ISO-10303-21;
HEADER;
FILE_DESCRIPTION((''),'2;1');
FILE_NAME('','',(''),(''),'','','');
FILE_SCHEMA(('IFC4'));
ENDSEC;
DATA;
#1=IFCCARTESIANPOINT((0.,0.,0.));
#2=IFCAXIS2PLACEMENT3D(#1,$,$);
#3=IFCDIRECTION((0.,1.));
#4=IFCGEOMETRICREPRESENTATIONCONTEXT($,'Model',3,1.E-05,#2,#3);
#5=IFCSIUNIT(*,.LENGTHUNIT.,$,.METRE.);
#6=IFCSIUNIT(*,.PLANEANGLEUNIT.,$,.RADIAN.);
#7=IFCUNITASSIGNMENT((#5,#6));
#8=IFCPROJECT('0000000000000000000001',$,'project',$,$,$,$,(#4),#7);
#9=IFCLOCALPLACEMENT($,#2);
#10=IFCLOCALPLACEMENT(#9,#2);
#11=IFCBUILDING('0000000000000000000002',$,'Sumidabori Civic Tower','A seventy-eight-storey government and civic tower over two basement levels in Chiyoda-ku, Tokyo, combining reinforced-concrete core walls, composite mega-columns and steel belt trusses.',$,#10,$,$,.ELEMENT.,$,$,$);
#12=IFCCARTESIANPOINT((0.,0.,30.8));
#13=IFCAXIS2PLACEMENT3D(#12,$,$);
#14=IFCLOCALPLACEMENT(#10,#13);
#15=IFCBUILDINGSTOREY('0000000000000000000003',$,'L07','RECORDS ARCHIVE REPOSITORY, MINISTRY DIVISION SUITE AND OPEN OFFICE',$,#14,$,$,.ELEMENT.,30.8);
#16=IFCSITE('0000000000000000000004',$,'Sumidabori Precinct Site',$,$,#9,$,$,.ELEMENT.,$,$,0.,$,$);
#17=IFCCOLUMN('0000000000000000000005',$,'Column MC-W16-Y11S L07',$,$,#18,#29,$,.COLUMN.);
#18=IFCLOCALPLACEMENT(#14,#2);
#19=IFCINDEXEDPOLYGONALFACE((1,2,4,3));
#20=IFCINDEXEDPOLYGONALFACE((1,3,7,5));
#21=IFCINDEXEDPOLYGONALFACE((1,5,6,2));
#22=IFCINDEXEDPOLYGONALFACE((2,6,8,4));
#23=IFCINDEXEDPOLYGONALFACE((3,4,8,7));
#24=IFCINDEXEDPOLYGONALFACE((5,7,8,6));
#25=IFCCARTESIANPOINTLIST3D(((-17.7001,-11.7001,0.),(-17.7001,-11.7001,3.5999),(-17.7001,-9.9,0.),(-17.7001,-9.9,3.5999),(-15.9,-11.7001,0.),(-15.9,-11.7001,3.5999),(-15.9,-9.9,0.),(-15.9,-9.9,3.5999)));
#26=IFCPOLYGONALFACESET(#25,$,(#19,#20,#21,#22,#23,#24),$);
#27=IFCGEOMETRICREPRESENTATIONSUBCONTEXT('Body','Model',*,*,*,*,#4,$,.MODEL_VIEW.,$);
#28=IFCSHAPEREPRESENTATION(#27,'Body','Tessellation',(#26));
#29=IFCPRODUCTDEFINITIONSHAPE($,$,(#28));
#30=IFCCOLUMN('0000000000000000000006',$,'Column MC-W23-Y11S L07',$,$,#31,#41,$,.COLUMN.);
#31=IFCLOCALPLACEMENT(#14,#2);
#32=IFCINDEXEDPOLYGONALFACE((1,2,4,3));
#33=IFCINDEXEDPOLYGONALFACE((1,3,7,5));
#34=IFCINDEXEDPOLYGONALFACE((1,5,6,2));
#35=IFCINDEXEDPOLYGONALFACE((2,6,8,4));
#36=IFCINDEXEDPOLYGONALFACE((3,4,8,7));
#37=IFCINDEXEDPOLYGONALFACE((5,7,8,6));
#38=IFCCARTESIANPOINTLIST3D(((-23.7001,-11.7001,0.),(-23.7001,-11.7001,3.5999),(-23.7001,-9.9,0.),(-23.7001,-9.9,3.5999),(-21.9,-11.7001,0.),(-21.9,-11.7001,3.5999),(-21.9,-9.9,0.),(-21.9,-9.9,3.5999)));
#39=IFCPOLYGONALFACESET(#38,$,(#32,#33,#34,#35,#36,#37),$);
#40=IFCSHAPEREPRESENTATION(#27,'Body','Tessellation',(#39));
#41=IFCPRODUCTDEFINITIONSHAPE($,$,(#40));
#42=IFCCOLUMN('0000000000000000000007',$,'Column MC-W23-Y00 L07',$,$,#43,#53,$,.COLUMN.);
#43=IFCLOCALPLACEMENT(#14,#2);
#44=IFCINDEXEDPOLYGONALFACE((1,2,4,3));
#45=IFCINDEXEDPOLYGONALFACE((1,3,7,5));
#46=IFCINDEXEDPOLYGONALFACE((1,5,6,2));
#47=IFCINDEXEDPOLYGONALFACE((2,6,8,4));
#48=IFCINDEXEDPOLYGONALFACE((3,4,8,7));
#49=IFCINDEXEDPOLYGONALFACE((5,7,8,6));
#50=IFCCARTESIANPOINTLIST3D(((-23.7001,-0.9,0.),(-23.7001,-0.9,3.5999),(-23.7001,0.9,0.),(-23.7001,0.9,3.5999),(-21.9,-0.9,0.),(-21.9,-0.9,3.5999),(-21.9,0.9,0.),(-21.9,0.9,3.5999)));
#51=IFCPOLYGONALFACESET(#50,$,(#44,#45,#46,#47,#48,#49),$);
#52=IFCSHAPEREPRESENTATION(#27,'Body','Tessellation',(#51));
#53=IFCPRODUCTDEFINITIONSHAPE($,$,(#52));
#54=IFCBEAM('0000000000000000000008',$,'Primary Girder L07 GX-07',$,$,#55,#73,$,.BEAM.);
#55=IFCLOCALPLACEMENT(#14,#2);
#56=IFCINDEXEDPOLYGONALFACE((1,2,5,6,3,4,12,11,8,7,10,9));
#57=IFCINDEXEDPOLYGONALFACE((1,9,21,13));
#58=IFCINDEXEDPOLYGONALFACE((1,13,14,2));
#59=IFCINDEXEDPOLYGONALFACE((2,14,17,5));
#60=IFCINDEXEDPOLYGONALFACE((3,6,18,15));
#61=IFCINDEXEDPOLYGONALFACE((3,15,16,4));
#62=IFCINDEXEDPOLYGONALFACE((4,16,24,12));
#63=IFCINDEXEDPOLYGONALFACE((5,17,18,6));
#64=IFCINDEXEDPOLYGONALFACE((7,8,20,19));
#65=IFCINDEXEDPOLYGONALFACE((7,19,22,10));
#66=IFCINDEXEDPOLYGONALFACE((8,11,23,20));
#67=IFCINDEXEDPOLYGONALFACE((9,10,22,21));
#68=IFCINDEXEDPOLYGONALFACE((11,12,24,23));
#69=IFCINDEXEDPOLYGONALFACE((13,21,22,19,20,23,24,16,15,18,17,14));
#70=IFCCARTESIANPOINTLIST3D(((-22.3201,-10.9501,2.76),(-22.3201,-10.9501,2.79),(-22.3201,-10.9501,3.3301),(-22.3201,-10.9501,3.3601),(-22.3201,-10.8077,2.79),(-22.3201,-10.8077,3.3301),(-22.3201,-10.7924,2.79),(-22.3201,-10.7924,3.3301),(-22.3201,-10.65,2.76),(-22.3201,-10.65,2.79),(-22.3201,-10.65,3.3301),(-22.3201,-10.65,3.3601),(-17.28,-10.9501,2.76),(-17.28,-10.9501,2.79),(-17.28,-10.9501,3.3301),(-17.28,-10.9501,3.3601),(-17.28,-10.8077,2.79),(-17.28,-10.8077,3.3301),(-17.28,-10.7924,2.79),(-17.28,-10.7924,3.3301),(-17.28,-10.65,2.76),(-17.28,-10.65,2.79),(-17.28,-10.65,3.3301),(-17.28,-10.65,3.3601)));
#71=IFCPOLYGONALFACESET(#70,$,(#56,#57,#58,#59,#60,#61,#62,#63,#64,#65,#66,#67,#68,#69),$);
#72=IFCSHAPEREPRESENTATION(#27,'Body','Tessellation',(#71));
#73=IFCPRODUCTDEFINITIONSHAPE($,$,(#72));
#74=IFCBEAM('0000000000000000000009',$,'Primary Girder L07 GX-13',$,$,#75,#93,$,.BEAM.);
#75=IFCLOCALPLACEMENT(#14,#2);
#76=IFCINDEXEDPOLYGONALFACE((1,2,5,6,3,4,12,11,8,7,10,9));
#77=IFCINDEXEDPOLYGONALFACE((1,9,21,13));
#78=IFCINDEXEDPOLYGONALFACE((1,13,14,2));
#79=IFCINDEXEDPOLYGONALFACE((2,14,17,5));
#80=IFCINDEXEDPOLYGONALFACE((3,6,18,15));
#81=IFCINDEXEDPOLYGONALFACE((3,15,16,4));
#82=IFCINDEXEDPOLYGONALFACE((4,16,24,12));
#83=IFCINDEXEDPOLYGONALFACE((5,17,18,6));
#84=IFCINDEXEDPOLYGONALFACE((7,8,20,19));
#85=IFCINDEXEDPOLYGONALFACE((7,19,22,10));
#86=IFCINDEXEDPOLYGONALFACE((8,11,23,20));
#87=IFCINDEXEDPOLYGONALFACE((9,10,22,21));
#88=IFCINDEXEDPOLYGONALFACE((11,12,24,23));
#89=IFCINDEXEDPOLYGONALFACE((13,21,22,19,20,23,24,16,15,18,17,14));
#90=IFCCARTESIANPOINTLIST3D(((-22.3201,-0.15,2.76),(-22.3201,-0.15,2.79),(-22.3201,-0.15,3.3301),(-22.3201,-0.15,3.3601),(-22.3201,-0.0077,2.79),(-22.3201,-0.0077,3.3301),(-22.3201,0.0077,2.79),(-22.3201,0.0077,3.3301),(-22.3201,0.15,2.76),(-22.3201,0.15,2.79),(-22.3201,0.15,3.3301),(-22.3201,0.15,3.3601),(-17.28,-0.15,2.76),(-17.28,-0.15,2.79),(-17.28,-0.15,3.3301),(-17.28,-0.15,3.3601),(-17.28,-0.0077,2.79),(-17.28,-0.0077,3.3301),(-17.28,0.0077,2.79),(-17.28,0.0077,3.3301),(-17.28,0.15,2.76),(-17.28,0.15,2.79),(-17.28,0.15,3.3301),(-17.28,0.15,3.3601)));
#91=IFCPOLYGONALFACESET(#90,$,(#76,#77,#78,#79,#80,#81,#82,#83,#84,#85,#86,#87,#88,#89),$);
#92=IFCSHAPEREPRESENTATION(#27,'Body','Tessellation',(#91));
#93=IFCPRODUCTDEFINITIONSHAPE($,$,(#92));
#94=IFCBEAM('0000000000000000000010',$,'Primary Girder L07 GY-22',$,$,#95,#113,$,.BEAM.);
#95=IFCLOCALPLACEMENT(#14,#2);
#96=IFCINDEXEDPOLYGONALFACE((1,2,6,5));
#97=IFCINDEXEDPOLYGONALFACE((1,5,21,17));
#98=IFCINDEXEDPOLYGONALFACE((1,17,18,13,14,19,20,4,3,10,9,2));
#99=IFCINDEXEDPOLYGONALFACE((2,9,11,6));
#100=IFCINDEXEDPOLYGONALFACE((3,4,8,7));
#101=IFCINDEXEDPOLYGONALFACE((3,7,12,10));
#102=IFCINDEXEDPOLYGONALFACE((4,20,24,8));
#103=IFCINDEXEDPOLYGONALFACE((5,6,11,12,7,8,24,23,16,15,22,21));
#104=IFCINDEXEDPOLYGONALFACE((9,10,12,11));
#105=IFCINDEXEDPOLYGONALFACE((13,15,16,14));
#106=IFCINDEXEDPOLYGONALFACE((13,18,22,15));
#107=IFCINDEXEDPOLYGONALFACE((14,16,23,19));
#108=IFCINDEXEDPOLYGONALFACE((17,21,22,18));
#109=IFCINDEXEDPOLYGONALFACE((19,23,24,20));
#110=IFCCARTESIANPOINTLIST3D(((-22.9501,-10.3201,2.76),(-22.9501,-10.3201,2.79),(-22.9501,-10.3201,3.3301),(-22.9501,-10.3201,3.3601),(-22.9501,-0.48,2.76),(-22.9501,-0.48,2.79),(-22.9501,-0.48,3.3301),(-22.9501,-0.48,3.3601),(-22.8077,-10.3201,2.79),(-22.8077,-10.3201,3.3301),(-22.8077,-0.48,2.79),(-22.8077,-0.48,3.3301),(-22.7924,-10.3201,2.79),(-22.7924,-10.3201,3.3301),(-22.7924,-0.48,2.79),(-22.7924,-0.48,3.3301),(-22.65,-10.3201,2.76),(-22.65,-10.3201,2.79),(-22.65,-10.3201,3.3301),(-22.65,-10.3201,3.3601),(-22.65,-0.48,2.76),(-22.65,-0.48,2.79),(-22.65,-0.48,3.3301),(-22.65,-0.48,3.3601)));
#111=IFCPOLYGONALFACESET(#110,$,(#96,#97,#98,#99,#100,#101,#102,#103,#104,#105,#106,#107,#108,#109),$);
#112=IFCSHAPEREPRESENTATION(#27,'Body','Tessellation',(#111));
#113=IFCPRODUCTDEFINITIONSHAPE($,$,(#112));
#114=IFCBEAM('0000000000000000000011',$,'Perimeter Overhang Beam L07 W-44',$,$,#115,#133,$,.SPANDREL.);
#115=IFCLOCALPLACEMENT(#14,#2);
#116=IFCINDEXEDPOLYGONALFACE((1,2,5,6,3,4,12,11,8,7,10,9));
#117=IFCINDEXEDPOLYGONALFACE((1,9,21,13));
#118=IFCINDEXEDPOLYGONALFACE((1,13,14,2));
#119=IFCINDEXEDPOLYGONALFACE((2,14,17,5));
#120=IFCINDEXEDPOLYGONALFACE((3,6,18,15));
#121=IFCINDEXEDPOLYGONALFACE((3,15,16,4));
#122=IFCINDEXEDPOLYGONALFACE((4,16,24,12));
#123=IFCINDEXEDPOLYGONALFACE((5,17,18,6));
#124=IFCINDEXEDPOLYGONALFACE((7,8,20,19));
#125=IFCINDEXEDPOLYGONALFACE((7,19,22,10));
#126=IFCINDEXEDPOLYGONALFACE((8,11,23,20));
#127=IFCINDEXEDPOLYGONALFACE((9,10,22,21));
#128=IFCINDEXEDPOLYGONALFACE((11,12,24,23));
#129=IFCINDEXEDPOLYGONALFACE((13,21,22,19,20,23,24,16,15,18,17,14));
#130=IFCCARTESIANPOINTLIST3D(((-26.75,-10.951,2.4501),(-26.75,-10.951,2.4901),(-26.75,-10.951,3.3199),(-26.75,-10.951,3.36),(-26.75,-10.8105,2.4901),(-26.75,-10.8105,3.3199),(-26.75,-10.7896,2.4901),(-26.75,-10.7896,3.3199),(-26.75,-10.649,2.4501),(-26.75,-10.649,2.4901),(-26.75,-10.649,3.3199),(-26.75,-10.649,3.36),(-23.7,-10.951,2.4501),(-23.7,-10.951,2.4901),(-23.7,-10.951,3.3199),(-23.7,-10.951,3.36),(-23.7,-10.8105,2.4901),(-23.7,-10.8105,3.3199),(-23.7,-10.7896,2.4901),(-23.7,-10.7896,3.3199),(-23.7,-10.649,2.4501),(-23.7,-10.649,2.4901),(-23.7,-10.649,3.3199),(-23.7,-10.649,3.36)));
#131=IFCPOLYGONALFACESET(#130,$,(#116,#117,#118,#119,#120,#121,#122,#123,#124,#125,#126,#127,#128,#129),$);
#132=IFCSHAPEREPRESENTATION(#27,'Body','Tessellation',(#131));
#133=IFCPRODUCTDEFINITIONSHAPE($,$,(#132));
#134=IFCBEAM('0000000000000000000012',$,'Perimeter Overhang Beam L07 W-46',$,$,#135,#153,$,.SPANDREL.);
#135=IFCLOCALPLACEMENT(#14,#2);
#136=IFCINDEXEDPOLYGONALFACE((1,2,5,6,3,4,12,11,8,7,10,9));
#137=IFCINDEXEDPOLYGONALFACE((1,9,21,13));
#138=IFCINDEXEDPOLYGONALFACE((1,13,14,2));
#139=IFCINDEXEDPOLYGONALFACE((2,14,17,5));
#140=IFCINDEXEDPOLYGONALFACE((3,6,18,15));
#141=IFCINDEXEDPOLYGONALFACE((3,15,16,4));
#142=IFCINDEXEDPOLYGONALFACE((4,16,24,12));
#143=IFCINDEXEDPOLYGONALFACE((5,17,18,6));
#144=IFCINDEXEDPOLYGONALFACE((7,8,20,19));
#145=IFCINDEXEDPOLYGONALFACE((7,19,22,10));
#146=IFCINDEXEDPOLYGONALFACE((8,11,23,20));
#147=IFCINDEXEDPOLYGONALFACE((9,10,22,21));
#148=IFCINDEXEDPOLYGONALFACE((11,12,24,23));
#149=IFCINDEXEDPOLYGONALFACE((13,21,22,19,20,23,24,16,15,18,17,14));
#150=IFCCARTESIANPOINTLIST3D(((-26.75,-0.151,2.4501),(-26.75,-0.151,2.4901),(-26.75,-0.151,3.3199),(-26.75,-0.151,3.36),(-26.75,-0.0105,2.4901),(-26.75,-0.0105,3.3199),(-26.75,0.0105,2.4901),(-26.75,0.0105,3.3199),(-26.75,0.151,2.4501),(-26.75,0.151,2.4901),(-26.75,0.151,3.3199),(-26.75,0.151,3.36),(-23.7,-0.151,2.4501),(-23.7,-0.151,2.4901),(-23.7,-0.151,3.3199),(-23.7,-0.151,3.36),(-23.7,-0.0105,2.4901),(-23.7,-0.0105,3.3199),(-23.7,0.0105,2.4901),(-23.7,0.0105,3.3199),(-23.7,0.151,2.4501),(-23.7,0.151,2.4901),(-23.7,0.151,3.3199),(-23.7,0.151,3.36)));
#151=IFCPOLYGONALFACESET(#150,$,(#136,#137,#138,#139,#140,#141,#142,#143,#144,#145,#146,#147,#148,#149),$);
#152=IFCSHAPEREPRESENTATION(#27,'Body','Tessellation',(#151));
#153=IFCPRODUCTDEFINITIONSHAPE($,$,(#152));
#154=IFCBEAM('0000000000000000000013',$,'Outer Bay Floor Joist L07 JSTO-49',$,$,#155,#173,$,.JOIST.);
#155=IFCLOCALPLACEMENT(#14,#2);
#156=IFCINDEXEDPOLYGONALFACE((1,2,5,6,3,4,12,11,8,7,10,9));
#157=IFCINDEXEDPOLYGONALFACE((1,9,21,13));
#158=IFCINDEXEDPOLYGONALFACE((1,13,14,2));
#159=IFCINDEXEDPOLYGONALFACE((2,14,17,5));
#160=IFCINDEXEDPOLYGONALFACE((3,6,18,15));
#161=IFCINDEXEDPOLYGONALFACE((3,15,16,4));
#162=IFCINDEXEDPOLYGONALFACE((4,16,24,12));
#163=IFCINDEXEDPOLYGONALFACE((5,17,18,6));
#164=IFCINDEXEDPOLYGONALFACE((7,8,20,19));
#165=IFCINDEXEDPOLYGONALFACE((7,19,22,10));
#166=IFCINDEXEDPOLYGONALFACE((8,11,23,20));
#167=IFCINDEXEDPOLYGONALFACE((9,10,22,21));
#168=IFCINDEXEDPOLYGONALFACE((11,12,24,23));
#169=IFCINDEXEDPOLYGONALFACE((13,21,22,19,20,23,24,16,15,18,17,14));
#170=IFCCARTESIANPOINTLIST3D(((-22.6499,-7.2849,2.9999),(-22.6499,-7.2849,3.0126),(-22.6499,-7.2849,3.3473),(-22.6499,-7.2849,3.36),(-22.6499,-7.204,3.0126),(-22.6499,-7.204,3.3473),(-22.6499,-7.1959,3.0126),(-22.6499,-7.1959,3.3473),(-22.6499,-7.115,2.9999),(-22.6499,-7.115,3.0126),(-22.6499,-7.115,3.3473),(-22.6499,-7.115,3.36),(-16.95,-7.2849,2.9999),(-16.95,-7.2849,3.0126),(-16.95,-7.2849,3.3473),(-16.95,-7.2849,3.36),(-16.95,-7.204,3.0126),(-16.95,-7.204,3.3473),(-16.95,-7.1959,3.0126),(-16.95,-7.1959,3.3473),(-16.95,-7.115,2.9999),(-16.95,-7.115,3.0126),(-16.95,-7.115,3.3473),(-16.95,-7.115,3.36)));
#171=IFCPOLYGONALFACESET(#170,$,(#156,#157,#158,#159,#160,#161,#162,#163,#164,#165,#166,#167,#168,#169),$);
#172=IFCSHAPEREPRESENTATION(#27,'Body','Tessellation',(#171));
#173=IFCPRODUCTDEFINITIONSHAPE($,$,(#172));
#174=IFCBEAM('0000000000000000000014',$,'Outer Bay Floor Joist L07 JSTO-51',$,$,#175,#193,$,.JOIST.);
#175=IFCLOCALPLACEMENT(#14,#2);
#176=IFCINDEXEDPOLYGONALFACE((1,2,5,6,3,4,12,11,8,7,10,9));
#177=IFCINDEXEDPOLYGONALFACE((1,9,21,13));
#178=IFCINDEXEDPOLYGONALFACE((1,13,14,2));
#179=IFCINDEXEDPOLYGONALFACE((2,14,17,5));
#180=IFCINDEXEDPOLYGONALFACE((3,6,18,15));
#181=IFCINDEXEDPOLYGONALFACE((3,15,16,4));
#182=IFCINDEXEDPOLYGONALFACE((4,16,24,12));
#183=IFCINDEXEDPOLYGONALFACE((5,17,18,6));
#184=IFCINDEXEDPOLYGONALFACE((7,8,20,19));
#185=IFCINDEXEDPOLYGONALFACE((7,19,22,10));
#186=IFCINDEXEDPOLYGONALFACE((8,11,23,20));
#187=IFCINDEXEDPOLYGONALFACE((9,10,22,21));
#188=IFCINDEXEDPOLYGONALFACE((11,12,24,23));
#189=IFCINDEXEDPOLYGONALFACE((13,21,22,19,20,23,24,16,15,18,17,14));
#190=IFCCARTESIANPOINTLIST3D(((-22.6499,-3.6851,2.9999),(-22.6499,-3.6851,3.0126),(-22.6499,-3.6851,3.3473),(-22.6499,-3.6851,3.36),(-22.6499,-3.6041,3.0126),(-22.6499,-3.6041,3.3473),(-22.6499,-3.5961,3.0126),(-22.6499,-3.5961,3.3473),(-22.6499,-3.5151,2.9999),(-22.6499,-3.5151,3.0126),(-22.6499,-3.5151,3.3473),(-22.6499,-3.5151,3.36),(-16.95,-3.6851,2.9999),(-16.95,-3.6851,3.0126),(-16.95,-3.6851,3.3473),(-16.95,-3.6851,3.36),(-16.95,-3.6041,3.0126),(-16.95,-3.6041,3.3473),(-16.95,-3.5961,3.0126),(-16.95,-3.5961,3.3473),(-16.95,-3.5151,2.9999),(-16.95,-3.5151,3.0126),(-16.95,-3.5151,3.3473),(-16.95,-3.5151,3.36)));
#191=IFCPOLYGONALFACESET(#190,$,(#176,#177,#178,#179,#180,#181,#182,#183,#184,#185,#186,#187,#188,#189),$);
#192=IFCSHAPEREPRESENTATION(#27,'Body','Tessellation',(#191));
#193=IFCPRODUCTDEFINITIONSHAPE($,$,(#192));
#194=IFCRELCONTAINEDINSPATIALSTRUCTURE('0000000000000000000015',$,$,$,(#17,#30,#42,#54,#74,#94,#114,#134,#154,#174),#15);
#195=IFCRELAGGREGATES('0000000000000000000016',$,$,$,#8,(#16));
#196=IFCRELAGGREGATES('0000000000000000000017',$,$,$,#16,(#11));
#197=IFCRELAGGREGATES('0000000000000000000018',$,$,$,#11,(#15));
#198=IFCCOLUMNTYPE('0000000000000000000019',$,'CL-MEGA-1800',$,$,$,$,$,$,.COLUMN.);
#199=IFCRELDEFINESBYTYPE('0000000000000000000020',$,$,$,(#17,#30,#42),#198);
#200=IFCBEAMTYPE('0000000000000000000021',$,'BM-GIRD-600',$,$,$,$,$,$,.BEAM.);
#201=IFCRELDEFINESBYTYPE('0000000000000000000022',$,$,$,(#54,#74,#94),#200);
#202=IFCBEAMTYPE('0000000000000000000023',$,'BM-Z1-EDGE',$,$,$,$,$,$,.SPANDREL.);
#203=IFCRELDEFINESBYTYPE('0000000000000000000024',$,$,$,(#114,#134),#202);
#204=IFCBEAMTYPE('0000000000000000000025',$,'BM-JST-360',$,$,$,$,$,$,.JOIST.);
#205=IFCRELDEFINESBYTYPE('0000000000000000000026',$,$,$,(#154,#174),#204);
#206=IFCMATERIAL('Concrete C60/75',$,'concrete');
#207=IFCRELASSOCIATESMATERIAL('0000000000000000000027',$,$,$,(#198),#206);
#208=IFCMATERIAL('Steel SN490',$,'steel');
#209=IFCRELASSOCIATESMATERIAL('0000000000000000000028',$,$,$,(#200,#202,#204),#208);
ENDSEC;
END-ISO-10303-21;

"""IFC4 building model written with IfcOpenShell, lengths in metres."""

from ifc_helpers import new_model, si_unit, direction, frame, origin, origin_2d, place, context, subcontext, project, spatial, rectangle, i_section, extrude, source, transform, mapped, material, material_profile, profile_set, type_object, element, save


model = new_model("IFC4")

# Units and contexts
model_context = context("Model", 3, precision=1e-05, world=origin(), true_north=direction((0.0, 1.0)))
body_context = subcontext(model_context, "Body", "Model", "MODEL_VIEW")
ifc_project = project(units=[si_unit("LENGTHUNIT", "METRE"), si_unit("PLANEANGLEUNIT", "RADIAN")], contexts=[model_context])

# Site, building, storey
site_placement = place(None, origin())
site = spatial("IfcSite", under=ifc_project, at=site_placement, Name="Sumidabori Precinct Site", CompositionType="ELEMENT", RefElevation=0.0)
building_placement = place(site_placement, origin())
building = spatial("IfcBuilding", under=site, at=building_placement, Name="Sumidabori Civic Tower", Description="A seventy-eight-storey government and civic tower over two basement levels in Chiyoda-ku, Tokyo, combining reinforced-concrete core walls, composite mega-columns and steel belt trusses.", CompositionType="ELEMENT")
storey_placement = place(building_placement, frame((0.0, 0.0, 30.8)))
storey = spatial("IfcBuildingStorey", under=building, at=storey_placement, Name="L07", Description="RECORDS ARCHIVE REPOSITORY, MINISTRY DIVISION SUITE AND OPEN OFFICE", CompositionType="ELEMENT", Elevation=30.8)

# Columns
ifc_material_1 = material(Name="Concrete C60/75", Category="concrete")
ifc_material_profile_1 = material_profile(ifc_material_1, rectangle(XDim=1.8, YDim=1.8, at=origin_2d()), Name="RC 1800x1800")
ifc_profile_set_1 = profile_set([ifc_material_profile_1], Name="Concrete C60/75")
column_type = type_object("IfcColumnType", Name="CL-MEGA-1800", PredefinedType="COLUMN", material=ifc_profile_set_1)
shared_shape_1 = source(origin(), body_context, "Body", "SweptSolid", [
    extrude(rectangle(XDim=1.8, YDim=1.8, at=origin_2d()), origin(), (0.0, 0.0, 1.0), 3.5999),
])
for number, where, z_axis, x_axis, name in (
    (1, (-16.8, -10.8, 0.0), (0.0, 0.0, 1.0), (1.0, 0.0, 0.0), "Column MC-W16-Y11S L07"),
    (2, (-22.8, -10.8, 0.0), (0.0, 0.0, 1.0), (1.0, 0.0, 0.0), "Column MC-W23-Y11S L07"),
    (3, (-22.8, 0.0, 0.0), (0.0, 0.0, 1.0), (1.0, 0.0, 0.0), "Column MC-W23-Y00 L07"),
):
    element("IfcColumn", number, at=place(storey_placement, frame(where, z_axis=z_axis, x_axis=x_axis)), inside=storey, type_object=column_type, Name=name, PredefinedType="COLUMN", context=body_context, shape_type="MappedRepresentation", body=[
        mapped(shared_shape_1, transform((0.0, 0.0, 0.0), x_axis=(1.0, 0.0, 0.0), y_axis=(0.0, 1.0, 0.0), z_axis=(0.0, 0.0, 1.0), scale=1.0)),
    ])

# Beams
ifc_material_2 = material(Name="Steel SN490", Category="steel")
ifc_material_profile_2 = material_profile(ifc_material_2, i_section(OverallWidth=0.3, OverallDepth=0.6001, WebThickness=0.0154, FlangeThickness=0.03, at=origin_2d()), Name="HE 600 B")
ifc_profile_set_2 = profile_set([ifc_material_profile_2], Name="Steel SN490")
beam_type_1 = type_object("IfcBeamType", Name="BM-GIRD-600", PredefinedType="BEAM", material=ifc_profile_set_2)
shared_shape_2 = source(origin(), body_context, "Body", "SweptSolid", [
    extrude(i_section(OverallWidth=0.3, OverallDepth=0.6001, WebThickness=0.0154, FlangeThickness=0.03, at=origin_2d()), origin(), (0.0, 0.0, 1.0), 5.04),
])
for number, where, z_axis, x_axis, name in (
    (4, (-22.3201, -10.8, 3.0601), (1.0, 0.0, 0.0), (0.0, 1.0, 0.0), "Primary Girder L07 GX-07"),
    (5, (-22.3201, 0.0, 3.0601), (1.0, 0.0, 0.0), (0.0, 1.0, 0.0), "Primary Girder L07 GX-13"),
):
    element("IfcBeam", number, at=place(storey_placement, frame(where, z_axis=z_axis, x_axis=x_axis)), inside=storey, type_object=beam_type_1, Name=name, PredefinedType="BEAM", context=body_context, shape_type="MappedRepresentation", body=[
        mapped(shared_shape_2, transform((0.0, 0.0, 0.0), x_axis=(1.0, 0.0, 0.0), y_axis=(0.0, 1.0, 0.0), z_axis=(0.0, 0.0, 1.0), scale=1.0)),
    ])
shared_shape_3 = source(origin(), body_context, "Body", "SweptSolid", [
    extrude(i_section(OverallWidth=0.3, OverallDepth=0.6001, WebThickness=0.0154, FlangeThickness=0.03, at=origin_2d()), origin(), (0.0, 0.0, 1.0), 9.8401),
])
beam_placement = place(storey_placement, frame((-22.8, -10.3201, 3.0601), z_axis=(0.0, 1.0, 0.0), x_axis=(-1.0, 0.0, 0.0)))
element("IfcBeam", 6, at=beam_placement, inside=storey, type_object=beam_type_1, Name="Primary Girder L07 GY-22", PredefinedType="BEAM", context=body_context, shape_type="MappedRepresentation", body=[
    mapped(shared_shape_3, transform((0.0, 0.0, 0.0), x_axis=(1.0, 0.0, 0.0), y_axis=(0.0, 1.0, 0.0), z_axis=(0.0, 0.0, 1.0), scale=1.0)),
])
ifc_material_profile_3 = material_profile(ifc_material_2, i_section(OverallWidth=0.302, OverallDepth=0.9099, WebThickness=0.021, FlangeThickness=0.04, at=origin_2d()), Name="HE 900 M")
ifc_profile_set_3 = profile_set([ifc_material_profile_3], Name="Steel SN490")
beam_type_2 = type_object("IfcBeamType", Name="BM-Z1-EDGE", PredefinedType="SPANDREL", material=ifc_profile_set_3)
shared_shape_4 = source(origin(), body_context, "Body", "SweptSolid", [
    extrude(i_section(OverallWidth=0.302, OverallDepth=0.9099, WebThickness=0.021, FlangeThickness=0.04, at=origin_2d()), origin(), (0.0, 0.0, 1.0), 3.05),
])
for number, where, z_axis, x_axis, name in (
    (7, (-26.75, -10.8, 2.905), (1.0, 0.0, 0.0), (0.0, 1.0, 0.0), "Perimeter Overhang Beam L07 W-44"),
    (8, (-26.75, 0.0, 2.905), (1.0, 0.0, 0.0), (0.0, 1.0, 0.0), "Perimeter Overhang Beam L07 W-46"),
):
    element("IfcBeam", number, at=place(storey_placement, frame(where, z_axis=z_axis, x_axis=x_axis)), inside=storey, type_object=beam_type_2, Name=name, PredefinedType="SPANDREL", context=body_context, shape_type="MappedRepresentation", body=[
        mapped(shared_shape_4, transform((0.0, 0.0, 0.0), x_axis=(1.0, 0.0, 0.0), y_axis=(0.0, 1.0, 0.0), z_axis=(0.0, 0.0, 1.0), scale=1.0)),
    ])
ifc_material_profile_4 = material_profile(ifc_material_2, i_section(OverallWidth=0.1699, OverallDepth=0.3601, WebThickness=0.0081, FlangeThickness=0.0127, at=origin_2d()), Name="IPE 360")
ifc_profile_set_4 = profile_set([ifc_material_profile_4], Name="Steel SN490")
beam_type_3 = type_object("IfcBeamType", Name="BM-JST-360", PredefinedType="JOIST", material=ifc_profile_set_4)
shared_shape_5 = source(origin(), body_context, "Body", "SweptSolid", [
    extrude(i_section(OverallWidth=0.1699, OverallDepth=0.3601, WebThickness=0.0081, FlangeThickness=0.0127, at=origin_2d()), origin(), (0.0, 0.0, 1.0), 5.7),
])
for number, where, z_axis, x_axis, name in (
    (9, (-22.6499, -7.2, 3.1799), (1.0, 0.0, 0.0), (0.0, 1.0, 0.0), "Outer Bay Floor Joist L07 JSTO-49"),
    (10, (-22.6499, -3.6001, 3.1799), (1.0, 0.0, 0.0), (0.0, 1.0, 0.0), "Outer Bay Floor Joist L07 JSTO-51"),
):
    element("IfcBeam", number, at=place(storey_placement, frame(where, z_axis=z_axis, x_axis=x_axis)), inside=storey, type_object=beam_type_3, Name=name, PredefinedType="JOIST", context=body_context, shape_type="MappedRepresentation", body=[
        mapped(shared_shape_5, transform((0.0, 0.0, 0.0), x_axis=(1.0, 0.0, 0.0), y_axis=(0.0, 1.0, 0.0), z_axis=(0.0, 0.0, 1.0), scale=1.0)),
    ])

save(model, "model.ifc")
